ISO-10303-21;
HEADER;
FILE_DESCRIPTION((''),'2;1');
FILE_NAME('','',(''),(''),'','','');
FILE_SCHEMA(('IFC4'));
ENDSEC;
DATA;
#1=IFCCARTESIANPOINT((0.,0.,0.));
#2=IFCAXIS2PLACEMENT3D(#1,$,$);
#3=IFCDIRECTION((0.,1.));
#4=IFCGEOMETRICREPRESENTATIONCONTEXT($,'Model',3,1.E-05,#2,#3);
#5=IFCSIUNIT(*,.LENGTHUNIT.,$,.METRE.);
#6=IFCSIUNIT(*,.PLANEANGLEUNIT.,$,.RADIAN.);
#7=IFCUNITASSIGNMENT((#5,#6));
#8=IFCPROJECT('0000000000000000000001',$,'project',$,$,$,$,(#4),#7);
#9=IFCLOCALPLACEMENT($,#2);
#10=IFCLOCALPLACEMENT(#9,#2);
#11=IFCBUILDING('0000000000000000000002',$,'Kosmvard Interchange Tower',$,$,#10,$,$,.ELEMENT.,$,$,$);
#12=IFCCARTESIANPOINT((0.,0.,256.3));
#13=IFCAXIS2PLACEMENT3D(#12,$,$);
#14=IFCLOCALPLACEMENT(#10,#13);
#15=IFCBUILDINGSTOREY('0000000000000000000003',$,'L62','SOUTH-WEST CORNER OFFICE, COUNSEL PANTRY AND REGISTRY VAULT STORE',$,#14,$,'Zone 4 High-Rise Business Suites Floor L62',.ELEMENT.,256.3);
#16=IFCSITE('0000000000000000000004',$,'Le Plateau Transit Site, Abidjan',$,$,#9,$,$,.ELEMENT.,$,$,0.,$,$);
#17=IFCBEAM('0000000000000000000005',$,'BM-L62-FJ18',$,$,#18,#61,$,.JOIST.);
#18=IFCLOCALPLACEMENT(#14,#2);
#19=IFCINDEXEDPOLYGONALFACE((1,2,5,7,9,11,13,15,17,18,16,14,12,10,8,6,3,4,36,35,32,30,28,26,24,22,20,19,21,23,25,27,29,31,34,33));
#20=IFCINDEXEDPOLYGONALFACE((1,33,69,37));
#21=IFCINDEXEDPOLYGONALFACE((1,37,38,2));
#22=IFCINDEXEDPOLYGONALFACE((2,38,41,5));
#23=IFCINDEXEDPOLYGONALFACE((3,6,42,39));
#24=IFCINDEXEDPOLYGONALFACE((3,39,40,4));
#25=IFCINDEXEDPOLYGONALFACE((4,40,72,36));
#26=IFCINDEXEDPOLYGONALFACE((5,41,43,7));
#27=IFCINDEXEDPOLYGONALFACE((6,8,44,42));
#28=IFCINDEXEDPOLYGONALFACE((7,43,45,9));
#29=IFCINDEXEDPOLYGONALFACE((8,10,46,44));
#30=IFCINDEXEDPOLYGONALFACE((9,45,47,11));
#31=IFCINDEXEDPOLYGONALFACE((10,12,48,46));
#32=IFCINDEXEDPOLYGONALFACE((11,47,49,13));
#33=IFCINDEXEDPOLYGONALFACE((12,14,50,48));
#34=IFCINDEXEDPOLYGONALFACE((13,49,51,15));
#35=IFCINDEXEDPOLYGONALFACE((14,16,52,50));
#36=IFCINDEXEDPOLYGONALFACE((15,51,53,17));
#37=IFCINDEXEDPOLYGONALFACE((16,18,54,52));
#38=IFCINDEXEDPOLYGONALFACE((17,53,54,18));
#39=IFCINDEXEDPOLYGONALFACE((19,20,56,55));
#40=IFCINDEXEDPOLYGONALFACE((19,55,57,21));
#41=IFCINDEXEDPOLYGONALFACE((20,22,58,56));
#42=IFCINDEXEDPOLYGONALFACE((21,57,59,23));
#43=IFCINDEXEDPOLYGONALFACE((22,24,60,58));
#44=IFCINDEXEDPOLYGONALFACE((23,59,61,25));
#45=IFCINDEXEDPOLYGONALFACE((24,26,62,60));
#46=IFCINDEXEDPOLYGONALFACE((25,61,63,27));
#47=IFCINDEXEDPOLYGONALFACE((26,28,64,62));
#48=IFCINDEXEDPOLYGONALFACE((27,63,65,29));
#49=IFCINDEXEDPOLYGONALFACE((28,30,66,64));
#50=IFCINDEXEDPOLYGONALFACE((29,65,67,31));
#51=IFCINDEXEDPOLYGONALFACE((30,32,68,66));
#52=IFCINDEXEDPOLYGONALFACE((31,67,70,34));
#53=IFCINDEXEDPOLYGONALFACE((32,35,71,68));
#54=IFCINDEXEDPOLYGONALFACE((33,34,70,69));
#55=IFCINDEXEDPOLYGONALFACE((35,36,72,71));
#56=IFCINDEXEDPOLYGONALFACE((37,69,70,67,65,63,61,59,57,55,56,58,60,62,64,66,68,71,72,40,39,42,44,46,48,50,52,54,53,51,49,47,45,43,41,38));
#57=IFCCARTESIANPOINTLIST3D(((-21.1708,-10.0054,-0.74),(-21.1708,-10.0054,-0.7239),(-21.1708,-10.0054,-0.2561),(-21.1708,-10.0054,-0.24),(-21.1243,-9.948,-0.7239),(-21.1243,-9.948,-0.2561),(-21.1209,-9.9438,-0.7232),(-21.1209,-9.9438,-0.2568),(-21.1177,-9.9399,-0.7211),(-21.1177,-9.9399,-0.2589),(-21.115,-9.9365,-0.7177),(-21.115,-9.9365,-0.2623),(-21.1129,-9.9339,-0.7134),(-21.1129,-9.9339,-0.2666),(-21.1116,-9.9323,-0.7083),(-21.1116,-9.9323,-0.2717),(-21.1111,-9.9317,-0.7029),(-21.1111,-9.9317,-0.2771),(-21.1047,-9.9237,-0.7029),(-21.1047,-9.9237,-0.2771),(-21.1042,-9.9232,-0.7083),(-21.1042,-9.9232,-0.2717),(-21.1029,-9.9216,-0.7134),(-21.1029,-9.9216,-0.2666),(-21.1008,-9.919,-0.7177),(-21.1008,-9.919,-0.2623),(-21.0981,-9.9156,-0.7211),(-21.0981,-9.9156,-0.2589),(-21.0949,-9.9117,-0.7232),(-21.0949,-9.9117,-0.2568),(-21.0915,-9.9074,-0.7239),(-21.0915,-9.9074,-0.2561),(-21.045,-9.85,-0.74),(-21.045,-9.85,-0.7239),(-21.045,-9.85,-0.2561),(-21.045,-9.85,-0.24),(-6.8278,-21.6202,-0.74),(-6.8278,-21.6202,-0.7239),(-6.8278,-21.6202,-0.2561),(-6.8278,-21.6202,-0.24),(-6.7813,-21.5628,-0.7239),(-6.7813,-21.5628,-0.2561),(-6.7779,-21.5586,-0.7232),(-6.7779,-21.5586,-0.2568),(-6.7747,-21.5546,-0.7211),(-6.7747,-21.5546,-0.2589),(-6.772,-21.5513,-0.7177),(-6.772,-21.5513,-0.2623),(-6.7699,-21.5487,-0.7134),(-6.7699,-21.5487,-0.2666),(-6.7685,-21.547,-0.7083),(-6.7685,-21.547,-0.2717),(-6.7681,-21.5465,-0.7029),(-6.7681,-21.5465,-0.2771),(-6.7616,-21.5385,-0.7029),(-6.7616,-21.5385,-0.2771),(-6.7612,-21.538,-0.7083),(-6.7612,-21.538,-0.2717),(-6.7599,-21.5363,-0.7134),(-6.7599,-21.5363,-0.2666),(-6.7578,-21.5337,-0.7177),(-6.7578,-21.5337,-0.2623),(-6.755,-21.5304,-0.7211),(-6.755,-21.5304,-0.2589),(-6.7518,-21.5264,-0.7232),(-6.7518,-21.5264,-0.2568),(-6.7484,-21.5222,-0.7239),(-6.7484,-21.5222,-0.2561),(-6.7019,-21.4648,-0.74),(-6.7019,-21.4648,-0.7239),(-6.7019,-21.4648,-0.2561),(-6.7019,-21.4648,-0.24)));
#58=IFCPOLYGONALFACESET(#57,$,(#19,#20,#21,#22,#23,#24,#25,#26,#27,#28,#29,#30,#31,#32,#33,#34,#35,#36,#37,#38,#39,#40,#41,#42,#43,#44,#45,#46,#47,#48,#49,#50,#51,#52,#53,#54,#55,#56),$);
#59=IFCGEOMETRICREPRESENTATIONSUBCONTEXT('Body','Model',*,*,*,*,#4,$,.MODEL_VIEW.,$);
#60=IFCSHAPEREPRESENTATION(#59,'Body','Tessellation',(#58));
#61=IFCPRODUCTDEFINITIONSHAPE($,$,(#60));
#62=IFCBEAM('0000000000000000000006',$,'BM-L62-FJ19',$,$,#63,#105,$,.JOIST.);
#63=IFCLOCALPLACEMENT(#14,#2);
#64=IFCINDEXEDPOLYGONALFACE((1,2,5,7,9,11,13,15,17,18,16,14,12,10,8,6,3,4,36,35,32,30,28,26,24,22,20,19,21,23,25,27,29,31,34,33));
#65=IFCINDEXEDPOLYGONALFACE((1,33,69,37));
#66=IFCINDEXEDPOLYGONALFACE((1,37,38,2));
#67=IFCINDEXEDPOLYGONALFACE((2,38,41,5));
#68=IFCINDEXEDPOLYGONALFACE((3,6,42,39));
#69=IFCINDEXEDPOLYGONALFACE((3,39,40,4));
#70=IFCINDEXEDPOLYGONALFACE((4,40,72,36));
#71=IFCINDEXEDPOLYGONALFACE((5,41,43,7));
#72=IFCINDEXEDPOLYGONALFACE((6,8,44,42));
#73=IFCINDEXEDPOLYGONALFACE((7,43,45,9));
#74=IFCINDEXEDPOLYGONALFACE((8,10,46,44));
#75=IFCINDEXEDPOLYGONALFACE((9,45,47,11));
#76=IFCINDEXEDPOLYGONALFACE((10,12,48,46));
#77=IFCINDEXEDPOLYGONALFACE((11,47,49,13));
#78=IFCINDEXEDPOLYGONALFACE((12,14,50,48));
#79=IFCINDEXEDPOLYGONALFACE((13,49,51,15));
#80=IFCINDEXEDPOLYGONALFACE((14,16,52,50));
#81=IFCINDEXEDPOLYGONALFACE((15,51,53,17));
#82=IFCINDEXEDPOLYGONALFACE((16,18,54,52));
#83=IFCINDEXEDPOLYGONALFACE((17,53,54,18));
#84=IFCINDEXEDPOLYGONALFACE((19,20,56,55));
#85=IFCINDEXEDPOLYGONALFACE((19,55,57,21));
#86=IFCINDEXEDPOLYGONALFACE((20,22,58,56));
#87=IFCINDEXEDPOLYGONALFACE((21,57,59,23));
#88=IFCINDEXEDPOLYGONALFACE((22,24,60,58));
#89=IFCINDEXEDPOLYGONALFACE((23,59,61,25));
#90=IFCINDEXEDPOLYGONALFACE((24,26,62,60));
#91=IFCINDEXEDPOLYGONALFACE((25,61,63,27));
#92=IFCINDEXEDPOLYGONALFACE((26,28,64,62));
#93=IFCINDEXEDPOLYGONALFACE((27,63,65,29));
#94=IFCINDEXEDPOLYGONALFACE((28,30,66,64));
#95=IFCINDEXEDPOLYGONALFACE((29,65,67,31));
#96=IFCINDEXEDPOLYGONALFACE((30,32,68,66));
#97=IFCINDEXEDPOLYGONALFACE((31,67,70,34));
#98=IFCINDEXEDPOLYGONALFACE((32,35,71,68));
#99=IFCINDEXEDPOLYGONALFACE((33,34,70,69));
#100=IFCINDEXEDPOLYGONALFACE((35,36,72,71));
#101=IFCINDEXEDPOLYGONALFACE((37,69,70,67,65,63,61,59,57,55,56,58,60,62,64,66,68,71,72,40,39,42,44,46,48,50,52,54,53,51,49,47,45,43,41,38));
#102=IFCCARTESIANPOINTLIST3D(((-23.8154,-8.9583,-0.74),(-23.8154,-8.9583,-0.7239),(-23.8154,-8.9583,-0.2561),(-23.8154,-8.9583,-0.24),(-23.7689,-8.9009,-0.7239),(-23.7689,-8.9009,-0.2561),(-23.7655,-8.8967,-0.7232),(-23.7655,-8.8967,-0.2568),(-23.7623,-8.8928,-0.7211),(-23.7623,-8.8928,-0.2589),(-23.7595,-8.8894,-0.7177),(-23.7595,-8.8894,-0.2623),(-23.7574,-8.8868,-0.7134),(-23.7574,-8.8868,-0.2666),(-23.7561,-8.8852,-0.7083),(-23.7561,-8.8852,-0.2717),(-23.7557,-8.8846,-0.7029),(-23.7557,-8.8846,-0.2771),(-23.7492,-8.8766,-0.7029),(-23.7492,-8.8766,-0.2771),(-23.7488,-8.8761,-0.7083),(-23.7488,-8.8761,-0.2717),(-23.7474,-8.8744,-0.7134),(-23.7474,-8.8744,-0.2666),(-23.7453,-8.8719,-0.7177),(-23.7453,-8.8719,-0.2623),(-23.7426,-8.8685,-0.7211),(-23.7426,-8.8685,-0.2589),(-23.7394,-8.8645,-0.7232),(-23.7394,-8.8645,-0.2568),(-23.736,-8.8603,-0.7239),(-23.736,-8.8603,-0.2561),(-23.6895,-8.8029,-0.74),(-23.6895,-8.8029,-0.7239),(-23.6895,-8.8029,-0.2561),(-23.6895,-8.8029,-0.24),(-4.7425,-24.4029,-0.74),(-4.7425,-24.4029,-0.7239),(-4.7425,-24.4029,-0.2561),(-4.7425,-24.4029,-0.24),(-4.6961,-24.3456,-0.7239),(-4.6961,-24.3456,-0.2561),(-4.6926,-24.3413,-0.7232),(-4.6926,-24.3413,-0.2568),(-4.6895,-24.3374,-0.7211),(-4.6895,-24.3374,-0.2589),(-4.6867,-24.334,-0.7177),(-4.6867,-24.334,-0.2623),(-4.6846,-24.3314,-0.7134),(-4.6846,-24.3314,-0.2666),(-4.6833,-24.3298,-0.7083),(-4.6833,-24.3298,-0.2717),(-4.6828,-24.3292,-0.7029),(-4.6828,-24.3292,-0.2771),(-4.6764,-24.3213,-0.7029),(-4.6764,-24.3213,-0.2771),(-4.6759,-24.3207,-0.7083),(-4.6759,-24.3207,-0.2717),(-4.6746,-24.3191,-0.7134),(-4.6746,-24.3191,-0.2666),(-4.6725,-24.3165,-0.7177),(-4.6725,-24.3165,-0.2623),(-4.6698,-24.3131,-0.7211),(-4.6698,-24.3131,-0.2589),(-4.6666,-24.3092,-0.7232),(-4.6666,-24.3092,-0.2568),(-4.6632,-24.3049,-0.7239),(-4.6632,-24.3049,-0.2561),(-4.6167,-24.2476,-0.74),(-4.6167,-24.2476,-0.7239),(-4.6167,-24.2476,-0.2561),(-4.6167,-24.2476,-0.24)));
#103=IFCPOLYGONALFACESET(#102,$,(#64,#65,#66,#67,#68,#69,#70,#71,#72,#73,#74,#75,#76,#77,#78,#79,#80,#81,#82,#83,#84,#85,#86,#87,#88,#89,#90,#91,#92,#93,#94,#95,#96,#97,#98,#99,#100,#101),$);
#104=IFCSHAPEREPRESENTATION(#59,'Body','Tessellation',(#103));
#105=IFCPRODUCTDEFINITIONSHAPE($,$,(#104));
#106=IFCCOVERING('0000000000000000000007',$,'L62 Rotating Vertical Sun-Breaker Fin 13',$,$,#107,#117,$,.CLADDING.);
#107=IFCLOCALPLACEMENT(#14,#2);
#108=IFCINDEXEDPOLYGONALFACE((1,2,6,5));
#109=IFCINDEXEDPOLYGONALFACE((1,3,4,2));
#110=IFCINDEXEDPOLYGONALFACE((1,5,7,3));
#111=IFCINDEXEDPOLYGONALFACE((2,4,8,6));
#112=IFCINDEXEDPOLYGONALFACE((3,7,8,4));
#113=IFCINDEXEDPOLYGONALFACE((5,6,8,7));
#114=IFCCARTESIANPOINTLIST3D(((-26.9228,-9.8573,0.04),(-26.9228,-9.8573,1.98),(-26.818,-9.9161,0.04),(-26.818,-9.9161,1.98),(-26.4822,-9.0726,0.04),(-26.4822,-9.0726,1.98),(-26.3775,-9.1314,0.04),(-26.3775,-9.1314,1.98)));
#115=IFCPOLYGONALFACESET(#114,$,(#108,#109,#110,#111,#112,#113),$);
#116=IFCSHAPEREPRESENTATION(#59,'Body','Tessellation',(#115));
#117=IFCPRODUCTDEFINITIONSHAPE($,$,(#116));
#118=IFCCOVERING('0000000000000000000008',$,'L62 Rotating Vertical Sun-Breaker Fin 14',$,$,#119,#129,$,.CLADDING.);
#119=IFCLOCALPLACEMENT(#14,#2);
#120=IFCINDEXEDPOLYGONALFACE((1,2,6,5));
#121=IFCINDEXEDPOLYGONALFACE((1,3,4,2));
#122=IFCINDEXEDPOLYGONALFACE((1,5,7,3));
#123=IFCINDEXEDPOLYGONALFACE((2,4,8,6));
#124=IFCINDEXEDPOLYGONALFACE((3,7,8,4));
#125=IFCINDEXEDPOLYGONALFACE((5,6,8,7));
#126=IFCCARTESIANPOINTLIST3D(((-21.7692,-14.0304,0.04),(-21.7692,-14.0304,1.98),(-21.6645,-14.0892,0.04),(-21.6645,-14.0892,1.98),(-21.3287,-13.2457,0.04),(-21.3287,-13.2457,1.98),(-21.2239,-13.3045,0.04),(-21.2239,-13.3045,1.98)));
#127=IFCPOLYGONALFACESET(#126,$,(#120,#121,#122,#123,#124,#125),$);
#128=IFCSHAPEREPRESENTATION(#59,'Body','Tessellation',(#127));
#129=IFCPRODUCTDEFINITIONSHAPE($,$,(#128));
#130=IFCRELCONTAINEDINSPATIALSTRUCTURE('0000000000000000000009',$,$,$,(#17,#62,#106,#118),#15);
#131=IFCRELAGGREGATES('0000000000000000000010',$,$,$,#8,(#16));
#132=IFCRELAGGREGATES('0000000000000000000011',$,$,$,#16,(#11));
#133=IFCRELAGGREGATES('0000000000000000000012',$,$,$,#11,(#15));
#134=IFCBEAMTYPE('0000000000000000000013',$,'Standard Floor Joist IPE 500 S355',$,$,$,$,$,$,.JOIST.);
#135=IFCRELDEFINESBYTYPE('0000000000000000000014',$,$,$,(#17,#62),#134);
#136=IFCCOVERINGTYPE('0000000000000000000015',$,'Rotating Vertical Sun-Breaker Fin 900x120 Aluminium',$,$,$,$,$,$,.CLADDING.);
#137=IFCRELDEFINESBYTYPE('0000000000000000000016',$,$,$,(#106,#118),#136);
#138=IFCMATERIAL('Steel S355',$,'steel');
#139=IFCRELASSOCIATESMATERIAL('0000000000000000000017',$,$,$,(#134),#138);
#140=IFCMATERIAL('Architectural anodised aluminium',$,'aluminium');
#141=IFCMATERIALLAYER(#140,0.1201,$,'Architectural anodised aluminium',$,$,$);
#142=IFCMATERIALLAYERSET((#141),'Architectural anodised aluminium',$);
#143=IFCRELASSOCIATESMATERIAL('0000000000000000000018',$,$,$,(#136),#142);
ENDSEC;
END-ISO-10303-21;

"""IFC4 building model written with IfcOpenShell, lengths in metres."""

from ifc_helpers import new_model, si_unit, direction, frame, origin, origin_2d, place, context, subcontext, project, spatial, rectangle, i_section, extrude, source, transform, mapped, material, layer, layer_set, material_profile, profile_set, type_object, element, save


model = new_model("IFC4")

# Units and contexts
model_context = context("Model", 3, precision=1e-05, world=origin(), true_north=direction((0.0, 1.0)))
body_context = subcontext(model_context, "Body", "Model", "MODEL_VIEW")
ifc_project = project(units=[si_unit("LENGTHUNIT", "METRE"), si_unit("PLANEANGLEUNIT", "RADIAN")], contexts=[model_context])

# Site, building, storey
site_placement = place(None, origin())
site = spatial("IfcSite", under=ifc_project, at=site_placement, Name="Le Plateau Transit Site, Abidjan", CompositionType="ELEMENT", RefElevation=0.0)
building_placement = place(site_placement, origin())
building = spatial("IfcBuilding", under=site, at=building_placement, Name="Kosmvard Interchange Tower", CompositionType="ELEMENT")
storey_placement = place(building_placement, frame((0.0, 0.0, 256.3)))
storey = spatial("IfcBuildingStorey", under=building, at=storey_placement, Name="L62", Description="SOUTH-WEST CORNER OFFICE, COUNSEL PANTRY AND REGISTRY VAULT STORE", LongName="Zone 4 High-Rise Business Suites Floor L62", CompositionType="ELEMENT", Elevation=256.3)

# Beams
ifc_material_1 = material(Name="Steel S355", Category="steel")
ifc_material_profile_1 = material_profile(ifc_material_1, i_section(OverallWidth=0.2, OverallDepth=0.5, WebThickness=0.0103, FlangeThickness=0.0161, FilletRadius=0.021, at=origin_2d()), Name="IPE 500")
ifc_profile_set_1 = profile_set([ifc_material_profile_1], Name="Steel S355")
beam_type_1 = type_object("IfcBeamType", Name="Standard Floor Joist IPE 500 S355", PredefinedType="JOIST", material=ifc_profile_set_1)
shared_shape_1 = source(origin(), body_context, "Body", "SweptSolid", [
    extrude(i_section(OverallWidth=0.2, OverallDepth=0.5, WebThickness=0.0103, FlangeThickness=0.0161, FilletRadius=0.021, at=origin_2d()), origin(), (0.0, 0.0, 1.0), 18.4561),
])
beam_1_placement = place(storey_placement, frame((-21.1079, -9.9277, -0.49), z_axis=(0.777146, -0.62932, 0.0), x_axis=(0.62932, 0.777146, 0.0)))
element("IfcBeam", 1, at=beam_1_placement, inside=storey, type_object=beam_type_1, Name="BM-L62-FJ18", PredefinedType="JOIST", context=body_context, shape_type="MappedRepresentation", body=[
    mapped(shared_shape_1, transform((0.0, 0.0, 0.0), scale=1.0)),
])
shared_shape_2 = source(origin(), body_context, "Body", "SweptSolid", [
    extrude(i_section(OverallWidth=0.2, OverallDepth=0.5, WebThickness=0.0103, FlangeThickness=0.0161, FilletRadius=0.021, at=origin_2d()), origin(), (0.0, 0.0, 1.0), 24.542),
])
beam_2_placement = place(storey_placement, frame((-23.7524, -8.8806, -0.49), z_axis=(0.777151, -0.629315, 0.0), x_axis=(0.629315, 0.777151, 0.0)))
element("IfcBeam", 2, at=beam_2_placement, inside=storey, type_object=beam_type_1, Name="BM-L62-FJ19", PredefinedType="JOIST", context=body_context, shape_type="MappedRepresentation", body=[
    mapped(shared_shape_2, transform((0.0, 0.0, 0.0), scale=1.0)),
])

# Coverings
ifc_material_2 = material(Name="Architectural anodised aluminium", Category="aluminium")
ifc_layer = layer(ifc_material_2, 0.1201, Name="Architectural anodised aluminium")
ifc_layer_set = layer_set([ifc_layer], Name="Architectural anodised aluminium")
covering_type = type_object("IfcCoveringType", Name="Rotating Vertical Sun-Breaker Fin 900x120 Aluminium", PredefinedType="CLADDING", material=ifc_layer_set)
shared_shape_3 = source(origin(), body_context, "Body", "SweptSolid", [
    extrude(rectangle(XDim=0.8999, YDim=0.1201, at=origin_2d()), origin(), (0.0, 0.0, 1.0), 1.9399),
])
for number, where, z_axis, x_axis, name in (
    (3, (-26.6501, -9.4944, 0.04), (0.0, 0.0, 1.0), (-0.489535, -0.871984, 0.0), "L62 Rotating Vertical Sun-Breaker Fin 13"),
    (4, (-21.4966, -13.6675, 0.04), (0.0, 0.0, 1.0), (-0.489535, -0.871984, 0.0), "L62 Rotating Vertical Sun-Breaker Fin 14"),
):
    element("IfcCovering", number, at=place(storey_placement, frame(where, z_axis=z_axis, x_axis=x_axis)), inside=storey, type_object=covering_type, Name=name, PredefinedType="CLADDING", context=body_context, shape_type="MappedRepresentation", body=[
        mapped(shared_shape_3, transform((0.0, 0.0, 0.0), scale=1.0)),
    ])

save(model, "model.ifc")
